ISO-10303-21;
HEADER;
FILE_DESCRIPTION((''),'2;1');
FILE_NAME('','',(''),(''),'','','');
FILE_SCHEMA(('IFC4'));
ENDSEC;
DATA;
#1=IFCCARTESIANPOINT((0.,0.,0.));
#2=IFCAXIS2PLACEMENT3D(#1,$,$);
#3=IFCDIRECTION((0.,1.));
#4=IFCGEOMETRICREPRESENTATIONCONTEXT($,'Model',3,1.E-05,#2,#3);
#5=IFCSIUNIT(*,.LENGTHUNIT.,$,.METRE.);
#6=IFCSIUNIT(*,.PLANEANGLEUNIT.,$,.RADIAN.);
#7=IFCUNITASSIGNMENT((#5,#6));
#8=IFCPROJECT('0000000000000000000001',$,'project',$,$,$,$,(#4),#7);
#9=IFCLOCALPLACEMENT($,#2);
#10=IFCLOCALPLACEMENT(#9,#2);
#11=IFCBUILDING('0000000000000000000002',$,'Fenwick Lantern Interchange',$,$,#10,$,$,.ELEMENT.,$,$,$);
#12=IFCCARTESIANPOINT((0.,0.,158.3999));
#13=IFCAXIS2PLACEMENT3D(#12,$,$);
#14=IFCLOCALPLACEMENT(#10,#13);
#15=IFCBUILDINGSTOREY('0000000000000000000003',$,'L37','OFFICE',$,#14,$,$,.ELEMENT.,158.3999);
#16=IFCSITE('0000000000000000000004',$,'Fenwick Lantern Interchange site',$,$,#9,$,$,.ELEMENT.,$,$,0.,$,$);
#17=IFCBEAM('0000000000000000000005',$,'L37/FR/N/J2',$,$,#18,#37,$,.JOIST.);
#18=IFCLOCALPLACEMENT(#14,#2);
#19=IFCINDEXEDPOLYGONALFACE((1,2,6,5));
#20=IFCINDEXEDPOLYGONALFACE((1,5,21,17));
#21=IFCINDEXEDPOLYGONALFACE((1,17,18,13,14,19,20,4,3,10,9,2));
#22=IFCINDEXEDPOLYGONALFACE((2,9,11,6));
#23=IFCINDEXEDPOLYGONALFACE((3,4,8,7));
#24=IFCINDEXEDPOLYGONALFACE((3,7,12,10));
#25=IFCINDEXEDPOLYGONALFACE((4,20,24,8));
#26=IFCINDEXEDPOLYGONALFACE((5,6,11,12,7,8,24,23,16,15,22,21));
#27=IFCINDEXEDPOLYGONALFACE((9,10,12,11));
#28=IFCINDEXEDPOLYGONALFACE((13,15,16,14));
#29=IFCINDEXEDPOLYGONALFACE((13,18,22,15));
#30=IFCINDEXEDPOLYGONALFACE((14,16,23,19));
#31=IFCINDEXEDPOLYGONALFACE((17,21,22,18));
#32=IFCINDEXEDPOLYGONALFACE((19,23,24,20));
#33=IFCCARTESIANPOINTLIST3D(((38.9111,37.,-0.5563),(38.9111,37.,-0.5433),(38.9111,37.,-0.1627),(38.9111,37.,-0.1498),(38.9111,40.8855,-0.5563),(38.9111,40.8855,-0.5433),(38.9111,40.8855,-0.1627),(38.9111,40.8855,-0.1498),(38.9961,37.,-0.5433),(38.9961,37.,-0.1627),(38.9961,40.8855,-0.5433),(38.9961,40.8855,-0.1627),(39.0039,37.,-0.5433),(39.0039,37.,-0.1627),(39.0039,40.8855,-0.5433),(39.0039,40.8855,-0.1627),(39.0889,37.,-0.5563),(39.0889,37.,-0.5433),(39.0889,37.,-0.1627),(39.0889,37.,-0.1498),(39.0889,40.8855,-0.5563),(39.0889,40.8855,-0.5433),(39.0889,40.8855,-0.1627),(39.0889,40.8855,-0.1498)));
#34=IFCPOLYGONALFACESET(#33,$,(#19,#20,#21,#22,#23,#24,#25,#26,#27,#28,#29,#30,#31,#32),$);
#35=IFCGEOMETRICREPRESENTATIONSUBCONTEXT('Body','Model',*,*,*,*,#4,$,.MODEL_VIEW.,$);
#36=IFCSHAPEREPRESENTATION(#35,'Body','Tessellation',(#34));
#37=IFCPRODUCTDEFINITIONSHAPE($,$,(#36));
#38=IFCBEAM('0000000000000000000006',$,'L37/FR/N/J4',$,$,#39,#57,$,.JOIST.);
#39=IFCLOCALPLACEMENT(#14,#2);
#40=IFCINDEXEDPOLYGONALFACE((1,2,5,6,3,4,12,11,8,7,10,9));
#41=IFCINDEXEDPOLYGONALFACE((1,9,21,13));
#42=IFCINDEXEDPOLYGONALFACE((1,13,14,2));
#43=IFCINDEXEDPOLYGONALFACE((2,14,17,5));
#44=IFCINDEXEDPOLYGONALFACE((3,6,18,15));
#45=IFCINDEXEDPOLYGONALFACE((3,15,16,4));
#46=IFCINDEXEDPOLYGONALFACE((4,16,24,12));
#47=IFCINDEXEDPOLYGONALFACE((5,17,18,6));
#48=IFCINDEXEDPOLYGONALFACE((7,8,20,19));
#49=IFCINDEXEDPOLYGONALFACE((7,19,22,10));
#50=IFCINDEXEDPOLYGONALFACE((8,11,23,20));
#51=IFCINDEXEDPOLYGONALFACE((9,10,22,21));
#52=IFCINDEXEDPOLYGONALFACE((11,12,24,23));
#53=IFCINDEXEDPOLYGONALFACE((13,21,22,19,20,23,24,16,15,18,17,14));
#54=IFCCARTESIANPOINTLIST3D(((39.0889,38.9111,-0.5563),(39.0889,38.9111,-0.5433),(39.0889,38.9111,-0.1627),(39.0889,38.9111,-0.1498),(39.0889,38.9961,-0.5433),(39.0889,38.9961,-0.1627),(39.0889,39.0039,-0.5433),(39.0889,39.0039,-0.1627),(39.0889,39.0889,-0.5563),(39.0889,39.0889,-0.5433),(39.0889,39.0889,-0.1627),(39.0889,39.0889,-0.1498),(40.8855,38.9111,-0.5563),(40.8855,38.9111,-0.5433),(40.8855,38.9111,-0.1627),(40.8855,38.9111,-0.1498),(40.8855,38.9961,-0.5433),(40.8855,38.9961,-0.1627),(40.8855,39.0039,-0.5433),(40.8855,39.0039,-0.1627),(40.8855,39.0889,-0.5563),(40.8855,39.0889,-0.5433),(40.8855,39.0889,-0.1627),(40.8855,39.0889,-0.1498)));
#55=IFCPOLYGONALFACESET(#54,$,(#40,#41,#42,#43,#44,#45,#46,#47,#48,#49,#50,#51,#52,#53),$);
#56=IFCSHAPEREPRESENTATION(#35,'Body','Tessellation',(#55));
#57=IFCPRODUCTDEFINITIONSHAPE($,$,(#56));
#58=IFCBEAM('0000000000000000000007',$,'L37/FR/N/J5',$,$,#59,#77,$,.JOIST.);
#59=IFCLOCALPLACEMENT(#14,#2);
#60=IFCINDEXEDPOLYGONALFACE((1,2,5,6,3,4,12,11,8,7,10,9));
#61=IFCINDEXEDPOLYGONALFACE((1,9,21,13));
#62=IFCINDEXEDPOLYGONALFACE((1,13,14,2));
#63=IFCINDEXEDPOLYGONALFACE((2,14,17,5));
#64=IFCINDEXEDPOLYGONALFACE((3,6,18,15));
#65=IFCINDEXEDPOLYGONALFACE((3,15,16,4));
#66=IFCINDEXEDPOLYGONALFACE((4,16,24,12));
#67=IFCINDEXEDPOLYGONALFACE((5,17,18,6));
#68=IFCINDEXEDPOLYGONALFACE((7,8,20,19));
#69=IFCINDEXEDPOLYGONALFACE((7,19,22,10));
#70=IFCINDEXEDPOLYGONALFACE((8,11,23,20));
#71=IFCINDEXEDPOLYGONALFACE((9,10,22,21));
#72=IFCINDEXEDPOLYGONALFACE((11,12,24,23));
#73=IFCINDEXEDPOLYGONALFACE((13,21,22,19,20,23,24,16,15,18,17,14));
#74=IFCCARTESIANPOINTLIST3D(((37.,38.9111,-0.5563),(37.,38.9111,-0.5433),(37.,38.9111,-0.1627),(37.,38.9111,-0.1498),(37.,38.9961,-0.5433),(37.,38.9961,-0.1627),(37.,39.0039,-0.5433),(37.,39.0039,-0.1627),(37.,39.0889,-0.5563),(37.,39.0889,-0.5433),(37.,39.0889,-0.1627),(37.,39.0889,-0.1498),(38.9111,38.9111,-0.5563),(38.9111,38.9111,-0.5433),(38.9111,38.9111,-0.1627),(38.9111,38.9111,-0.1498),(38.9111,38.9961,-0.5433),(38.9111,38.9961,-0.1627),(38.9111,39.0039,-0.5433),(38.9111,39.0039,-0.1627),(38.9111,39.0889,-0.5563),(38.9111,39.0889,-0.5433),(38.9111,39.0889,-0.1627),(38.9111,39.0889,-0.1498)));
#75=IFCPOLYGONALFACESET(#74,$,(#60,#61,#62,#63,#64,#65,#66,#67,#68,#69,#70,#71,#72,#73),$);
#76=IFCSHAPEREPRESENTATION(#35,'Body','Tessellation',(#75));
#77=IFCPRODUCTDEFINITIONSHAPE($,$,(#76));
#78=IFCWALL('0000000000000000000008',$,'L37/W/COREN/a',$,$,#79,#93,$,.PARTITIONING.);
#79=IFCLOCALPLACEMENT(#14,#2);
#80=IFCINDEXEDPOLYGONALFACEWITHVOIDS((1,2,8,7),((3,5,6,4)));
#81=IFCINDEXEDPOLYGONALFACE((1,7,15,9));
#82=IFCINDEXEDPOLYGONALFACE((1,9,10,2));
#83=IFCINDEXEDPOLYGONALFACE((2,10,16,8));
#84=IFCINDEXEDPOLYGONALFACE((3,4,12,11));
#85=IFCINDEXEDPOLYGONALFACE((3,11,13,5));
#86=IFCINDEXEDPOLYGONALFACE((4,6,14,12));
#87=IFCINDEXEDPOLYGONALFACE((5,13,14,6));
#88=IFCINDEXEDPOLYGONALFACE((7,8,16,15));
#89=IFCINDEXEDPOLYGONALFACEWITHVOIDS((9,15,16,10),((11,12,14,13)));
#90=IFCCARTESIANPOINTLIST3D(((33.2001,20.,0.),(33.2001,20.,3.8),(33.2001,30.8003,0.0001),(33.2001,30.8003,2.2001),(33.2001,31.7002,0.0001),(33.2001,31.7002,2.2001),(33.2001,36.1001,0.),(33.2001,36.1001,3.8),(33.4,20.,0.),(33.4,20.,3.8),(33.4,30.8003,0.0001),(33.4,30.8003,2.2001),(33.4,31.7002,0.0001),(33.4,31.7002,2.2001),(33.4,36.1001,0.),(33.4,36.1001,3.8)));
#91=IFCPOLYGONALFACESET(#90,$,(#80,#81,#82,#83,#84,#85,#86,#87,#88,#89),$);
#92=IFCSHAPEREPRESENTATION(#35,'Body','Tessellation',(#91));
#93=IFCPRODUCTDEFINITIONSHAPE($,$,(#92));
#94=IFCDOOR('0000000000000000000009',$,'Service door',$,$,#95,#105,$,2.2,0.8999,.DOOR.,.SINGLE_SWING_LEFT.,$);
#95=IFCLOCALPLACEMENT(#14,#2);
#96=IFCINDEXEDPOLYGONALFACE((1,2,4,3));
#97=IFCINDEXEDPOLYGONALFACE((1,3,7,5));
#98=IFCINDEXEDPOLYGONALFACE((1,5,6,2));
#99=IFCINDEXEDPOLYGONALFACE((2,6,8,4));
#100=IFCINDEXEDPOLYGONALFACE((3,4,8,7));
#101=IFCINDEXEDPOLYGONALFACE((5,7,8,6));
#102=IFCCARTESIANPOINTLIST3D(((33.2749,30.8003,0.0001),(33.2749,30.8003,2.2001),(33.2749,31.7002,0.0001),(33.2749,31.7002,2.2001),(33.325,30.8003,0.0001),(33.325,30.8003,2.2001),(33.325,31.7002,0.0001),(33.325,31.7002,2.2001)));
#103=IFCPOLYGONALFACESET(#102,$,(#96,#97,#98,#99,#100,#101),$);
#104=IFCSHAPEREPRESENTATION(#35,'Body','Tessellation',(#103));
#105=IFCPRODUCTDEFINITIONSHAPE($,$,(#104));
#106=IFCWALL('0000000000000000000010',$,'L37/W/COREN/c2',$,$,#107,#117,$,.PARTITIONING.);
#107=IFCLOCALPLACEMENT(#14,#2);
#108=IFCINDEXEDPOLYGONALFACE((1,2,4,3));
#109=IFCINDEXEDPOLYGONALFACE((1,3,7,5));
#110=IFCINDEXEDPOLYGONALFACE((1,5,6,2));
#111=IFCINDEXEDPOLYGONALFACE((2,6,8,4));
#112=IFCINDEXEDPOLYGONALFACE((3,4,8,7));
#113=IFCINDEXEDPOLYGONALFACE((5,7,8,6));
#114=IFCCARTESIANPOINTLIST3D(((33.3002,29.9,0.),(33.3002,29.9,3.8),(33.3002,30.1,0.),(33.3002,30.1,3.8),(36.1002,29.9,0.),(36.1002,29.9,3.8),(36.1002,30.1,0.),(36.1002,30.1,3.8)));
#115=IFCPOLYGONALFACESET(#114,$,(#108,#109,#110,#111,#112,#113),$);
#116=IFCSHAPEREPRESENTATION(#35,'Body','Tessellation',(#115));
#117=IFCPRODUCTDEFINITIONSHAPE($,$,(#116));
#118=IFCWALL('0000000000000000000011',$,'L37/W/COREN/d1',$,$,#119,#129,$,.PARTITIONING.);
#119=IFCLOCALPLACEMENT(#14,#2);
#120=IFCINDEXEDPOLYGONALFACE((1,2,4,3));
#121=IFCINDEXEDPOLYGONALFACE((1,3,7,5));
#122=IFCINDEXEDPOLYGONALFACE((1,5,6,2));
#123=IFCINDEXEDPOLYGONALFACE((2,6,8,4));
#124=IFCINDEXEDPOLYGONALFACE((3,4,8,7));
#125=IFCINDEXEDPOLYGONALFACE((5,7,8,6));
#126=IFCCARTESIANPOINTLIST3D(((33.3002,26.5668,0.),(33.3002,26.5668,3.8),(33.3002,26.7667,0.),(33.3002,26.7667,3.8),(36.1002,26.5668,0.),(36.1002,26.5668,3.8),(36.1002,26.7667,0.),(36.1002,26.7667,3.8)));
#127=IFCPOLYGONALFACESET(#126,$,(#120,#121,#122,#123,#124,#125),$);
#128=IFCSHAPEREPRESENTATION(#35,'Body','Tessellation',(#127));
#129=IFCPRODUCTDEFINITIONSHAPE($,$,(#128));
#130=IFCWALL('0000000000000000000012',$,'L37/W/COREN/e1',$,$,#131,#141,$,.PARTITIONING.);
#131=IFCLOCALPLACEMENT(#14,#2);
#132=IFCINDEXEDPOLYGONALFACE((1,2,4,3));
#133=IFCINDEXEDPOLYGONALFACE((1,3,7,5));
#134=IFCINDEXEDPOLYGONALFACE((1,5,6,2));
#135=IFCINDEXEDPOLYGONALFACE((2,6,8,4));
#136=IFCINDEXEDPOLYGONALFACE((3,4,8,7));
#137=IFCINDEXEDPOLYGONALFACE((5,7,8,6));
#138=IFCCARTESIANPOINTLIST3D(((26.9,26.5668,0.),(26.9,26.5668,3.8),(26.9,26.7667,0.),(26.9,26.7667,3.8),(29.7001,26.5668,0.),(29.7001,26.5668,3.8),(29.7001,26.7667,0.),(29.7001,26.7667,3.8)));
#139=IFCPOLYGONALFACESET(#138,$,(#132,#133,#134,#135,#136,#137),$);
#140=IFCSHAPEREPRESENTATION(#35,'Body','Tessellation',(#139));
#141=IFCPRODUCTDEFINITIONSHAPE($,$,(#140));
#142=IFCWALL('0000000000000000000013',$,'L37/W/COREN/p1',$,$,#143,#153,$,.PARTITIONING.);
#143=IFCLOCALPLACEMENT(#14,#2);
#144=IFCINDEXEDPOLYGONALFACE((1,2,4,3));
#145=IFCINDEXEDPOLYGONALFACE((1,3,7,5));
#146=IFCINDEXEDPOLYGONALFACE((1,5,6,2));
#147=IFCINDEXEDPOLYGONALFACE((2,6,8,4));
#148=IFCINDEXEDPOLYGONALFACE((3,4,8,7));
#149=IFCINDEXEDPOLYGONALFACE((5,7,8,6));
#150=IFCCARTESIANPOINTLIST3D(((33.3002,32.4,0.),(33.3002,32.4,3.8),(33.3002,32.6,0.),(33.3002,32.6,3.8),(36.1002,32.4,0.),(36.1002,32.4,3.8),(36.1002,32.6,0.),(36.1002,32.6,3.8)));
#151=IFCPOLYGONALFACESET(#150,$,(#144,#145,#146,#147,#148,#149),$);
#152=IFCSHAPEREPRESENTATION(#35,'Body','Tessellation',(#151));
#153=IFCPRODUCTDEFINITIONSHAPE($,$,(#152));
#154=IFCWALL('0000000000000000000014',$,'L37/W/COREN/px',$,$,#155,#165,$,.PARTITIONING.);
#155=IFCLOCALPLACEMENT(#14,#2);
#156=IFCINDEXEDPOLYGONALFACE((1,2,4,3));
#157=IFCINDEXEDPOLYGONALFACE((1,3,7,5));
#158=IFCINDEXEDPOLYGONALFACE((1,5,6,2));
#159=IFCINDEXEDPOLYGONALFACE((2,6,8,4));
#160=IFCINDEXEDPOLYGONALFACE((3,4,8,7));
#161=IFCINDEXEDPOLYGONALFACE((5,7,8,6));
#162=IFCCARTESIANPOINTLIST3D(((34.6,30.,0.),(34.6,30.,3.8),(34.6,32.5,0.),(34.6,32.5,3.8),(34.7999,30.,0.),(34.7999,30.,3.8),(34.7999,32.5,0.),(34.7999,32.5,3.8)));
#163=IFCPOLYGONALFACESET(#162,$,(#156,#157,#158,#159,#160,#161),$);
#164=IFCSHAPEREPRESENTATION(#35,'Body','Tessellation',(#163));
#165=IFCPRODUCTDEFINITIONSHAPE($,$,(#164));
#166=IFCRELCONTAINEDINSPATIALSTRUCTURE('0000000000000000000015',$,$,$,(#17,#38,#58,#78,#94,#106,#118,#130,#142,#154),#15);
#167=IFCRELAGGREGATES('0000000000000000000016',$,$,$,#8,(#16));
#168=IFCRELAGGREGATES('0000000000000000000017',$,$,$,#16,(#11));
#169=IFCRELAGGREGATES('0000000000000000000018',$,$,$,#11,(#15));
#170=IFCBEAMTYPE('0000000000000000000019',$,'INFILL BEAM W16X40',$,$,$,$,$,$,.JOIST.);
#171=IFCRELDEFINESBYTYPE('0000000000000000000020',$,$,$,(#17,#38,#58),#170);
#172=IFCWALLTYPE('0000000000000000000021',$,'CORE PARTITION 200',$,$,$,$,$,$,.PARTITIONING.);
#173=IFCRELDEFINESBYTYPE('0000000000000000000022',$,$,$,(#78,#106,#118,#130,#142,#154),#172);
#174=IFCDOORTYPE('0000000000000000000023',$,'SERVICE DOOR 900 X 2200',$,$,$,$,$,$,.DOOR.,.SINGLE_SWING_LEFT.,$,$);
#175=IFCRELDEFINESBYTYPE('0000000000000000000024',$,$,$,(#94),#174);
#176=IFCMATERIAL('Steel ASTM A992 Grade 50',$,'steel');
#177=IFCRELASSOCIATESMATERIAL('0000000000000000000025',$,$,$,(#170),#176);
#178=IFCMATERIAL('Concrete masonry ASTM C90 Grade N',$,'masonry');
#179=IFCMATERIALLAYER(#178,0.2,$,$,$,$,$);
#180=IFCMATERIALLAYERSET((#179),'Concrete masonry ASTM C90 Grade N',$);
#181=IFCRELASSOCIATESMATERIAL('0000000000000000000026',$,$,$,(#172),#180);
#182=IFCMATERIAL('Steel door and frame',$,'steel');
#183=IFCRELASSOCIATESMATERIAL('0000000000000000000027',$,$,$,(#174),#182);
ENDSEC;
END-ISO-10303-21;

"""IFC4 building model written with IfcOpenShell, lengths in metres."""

from ifc_helpers import new_model, si_unit, direction, frame, frame_2d, origin, origin_2d, place, context, subcontext, project, spatial, rectangle, i_section, extrude, material, layer, layer_set, material_profile, profile_set, type_object, element, fill, save


model = new_model("IFC4")

# Units and contexts
model_context = context("Model", 3, precision=1e-05, world=origin(), true_north=direction((0.0, 1.0)))
body_context = subcontext(model_context, "Body", "Model", "MODEL_VIEW")
ifc_project = project(units=[si_unit("LENGTHUNIT", "METRE"), si_unit("PLANEANGLEUNIT", "RADIAN")], contexts=[model_context])

# Site, building, storey
site_placement = place(None, origin())
site = spatial("IfcSite", under=ifc_project, at=site_placement, Name="Fenwick Lantern Interchange site", CompositionType="ELEMENT", RefElevation=0.0)
building_placement = place(site_placement, origin())
building = spatial("IfcBuilding", under=site, at=building_placement, Name="Fenwick Lantern Interchange", CompositionType="ELEMENT")
storey_placement = place(building_placement, frame((0.0, 0.0, 158.3999)))
storey = spatial("IfcBuildingStorey", under=building, at=storey_placement, Name="L37", Description="OFFICE", CompositionType="ELEMENT", Elevation=158.3999)

# Beams
ifc_material_1 = material(Name="Steel ASTM A992 Grade 50", Category="steel")
ifc_material_profile = material_profile(ifc_material_1, i_section(OverallWidth=0.1777, OverallDepth=0.4065, WebThickness=0.0078, FlangeThickness=0.0129, at=origin_2d()), Name="W16X40")
ifc_profile_set = profile_set([ifc_material_profile], Name="Steel ASTM A992 Grade 50")
beam_type = type_object("IfcBeamType", Name="INFILL BEAM W16X40", PredefinedType="JOIST", material=ifc_profile_set)
beam_1_placement = place(storey_placement, frame((39.0, 40.8855, -0.353), z_axis=(0.0, -1.0, 0.0), x_axis=(1.0, 0.0, 0.0)))
element("IfcBeam", 1, at=beam_1_placement, inside=storey, type_object=beam_type, Name="L37/FR/N/J2", PredefinedType="JOIST", context=body_context, shape_type="SweptSolid", body=[
    extrude(i_section(OverallWidth=0.1777, OverallDepth=0.4065, WebThickness=0.0078, FlangeThickness=0.0129, at=origin_2d()), origin(), (0.0, 0.0, 1.0), 3.8855),
])
beam_2_placement = place(storey_placement, frame((40.8855, 39.0, -0.353), z_axis=(-1.0, 0.0, 0.0), x_axis=(0.0, -1.0, 0.0)))
element("IfcBeam", 2, at=beam_2_placement, inside=storey, type_object=beam_type, Name="L37/FR/N/J4", PredefinedType="JOIST", context=body_context, shape_type="SweptSolid", body=[
    extrude(i_section(OverallWidth=0.1777, OverallDepth=0.4065, WebThickness=0.0078, FlangeThickness=0.0129, at=origin_2d()), origin(), (0.0, 0.0, 1.0), 1.7966),
])
beam_3_placement = place(storey_placement, frame((38.9111, 39.0, -0.353), z_axis=(-1.0, 0.0, 0.0), x_axis=(0.0, -1.0, 0.0)))
element("IfcBeam", 3, at=beam_3_placement, inside=storey, type_object=beam_type, Name="L37/FR/N/J5", PredefinedType="JOIST", context=body_context, shape_type="SweptSolid", body=[
    extrude(i_section(OverallWidth=0.1777, OverallDepth=0.4065, WebThickness=0.0078, FlangeThickness=0.0129, at=origin_2d()), origin(), (0.0, 0.0, 1.0), 1.9111),
])

# Wall, opening, door
ifc_material_2 = material(Name="Concrete masonry ASTM C90 Grade N", Category="masonry")
ifc_layer_1 = layer(ifc_material_2, 0.2)
ifc_layer_set_1 = layer_set([ifc_layer_1], Name="Concrete masonry ASTM C90 Grade N")
wall_type_1 = type_object("IfcWallType", Name="CORE PARTITION 200", PredefinedType="PARTITIONING", material=ifc_layer_set_1)
wall_1_placement = place(storey_placement, frame((33.3, 36.1001, 0.0), z_axis=(0.0, 0.0, 1.0), x_axis=(0.0, -1.0, 0.0)))
wall_1 = element("IfcWall", 4, at=wall_1_placement, inside=storey, type_object=wall_type_1, Name="L37/W/COREN/a", PredefinedType="PARTITIONING", context=body_context, shape_type="SweptSolid", body=[
    extrude(rectangle(XDim=16.1001, YDim=0.2, at=frame_2d((8.05, 0.0))), origin(), (0.0, 0.0, 1.0), 3.8),
])
opening_1_placement = place(wall_1_placement, frame((4.3999, 0.0, 0.0)))
opening_1 = element("IfcOpeningElement", 5, at=opening_1_placement, cuts=wall_1, PredefinedType="OPENING", context=body_context, shape_type="SweptSolid", body=[
    extrude(rectangle(XDim=0.8999, YDim=2.2, at=frame_2d((0.45, 1.1001))), frame((0.0, 0.1099, 0.0), z_axis=(0.0, -1.0, 0.0), x_axis=(1.0, 0.0, 0.0)), (0.0, 0.0, 1.0), 0.22),
])
ifc_material_3 = material(Name="Steel door and frame", Category="steel")
door_type_1 = type_object("IfcDoorType", Name="SERVICE DOOR 900 X 2200", OperationType="SINGLE_SWING_LEFT", PredefinedType="DOOR", material=ifc_material_3)
door_1_placement = place(opening_1_placement, origin())
door_1 = element("IfcDoor", 6, at=door_1_placement, inside=storey, type_object=door_type_1, Name="Service door", OperationType="SINGLE_SWING_LEFT", OverallHeight=2.2, OverallWidth=0.8999, PredefinedType="DOOR", context=body_context, shape_type="SweptSolid", body=[
    extrude(rectangle(XDim=0.8999, YDim=2.2, at=frame_2d((0.45, 1.1001))), frame((0.0, 0.0249, 0.0), z_axis=(0.0, -1.0, 0.0), x_axis=(1.0, 0.0, 0.0)), (0.0, 0.0, 1.0), 0.05),
])
fill(opening_1, door_1)

# Walls
for number, where, z_axis, x_axis, name in (
    (7, (36.1001, 30.0, 0.0), (0.0, 0.0, 1.0), (-1.0, 0.0, 0.0), "L37/W/COREN/c2"),
    (8, (36.1001, 26.6667, 0.0), (0.0, 0.0, 1.0), (-1.0, 0.0, 0.0), "L37/W/COREN/d1"),
    (9, (29.7, 26.6667, 0.0), (0.0, 0.0, 1.0), (-1.0, 0.0, 0.0), "L37/W/COREN/e1"),
    (10, (36.1001, 32.5, 0.0), (0.0, 0.0, 1.0), (-1.0, 0.0, 0.0), "L37/W/COREN/p1"),
):
    element("IfcWall", number, at=place(storey_placement, frame(where, z_axis=z_axis, x_axis=x_axis)), inside=storey, type_object=wall_type_1, Name=name, PredefinedType="PARTITIONING", context=body_context, shape_type="SweptSolid", body=[
        extrude(rectangle(XDim=2.8, YDim=0.2, at=frame_2d((1.3999, 0.0))), origin(), (0.0, 0.0, 1.0), 3.8),
    ])
wall_2_placement = place(storey_placement, frame((34.7, 32.5, 0.0), z_axis=(0.0, 0.0, 1.0), x_axis=(0.0, -1.0, 0.0)))
element("IfcWall", 11, at=wall_2_placement, inside=storey, type_object=wall_type_1, Name="L37/W/COREN/px", PredefinedType="PARTITIONING", context=body_context, shape_type="SweptSolid", body=[
    extrude(rectangle(XDim=2.5, YDim=0.2, at=frame_2d((1.25, 0.0))), origin(), (0.0, 0.0, 1.0), 3.8),
])

save(model, "model.ifc")
